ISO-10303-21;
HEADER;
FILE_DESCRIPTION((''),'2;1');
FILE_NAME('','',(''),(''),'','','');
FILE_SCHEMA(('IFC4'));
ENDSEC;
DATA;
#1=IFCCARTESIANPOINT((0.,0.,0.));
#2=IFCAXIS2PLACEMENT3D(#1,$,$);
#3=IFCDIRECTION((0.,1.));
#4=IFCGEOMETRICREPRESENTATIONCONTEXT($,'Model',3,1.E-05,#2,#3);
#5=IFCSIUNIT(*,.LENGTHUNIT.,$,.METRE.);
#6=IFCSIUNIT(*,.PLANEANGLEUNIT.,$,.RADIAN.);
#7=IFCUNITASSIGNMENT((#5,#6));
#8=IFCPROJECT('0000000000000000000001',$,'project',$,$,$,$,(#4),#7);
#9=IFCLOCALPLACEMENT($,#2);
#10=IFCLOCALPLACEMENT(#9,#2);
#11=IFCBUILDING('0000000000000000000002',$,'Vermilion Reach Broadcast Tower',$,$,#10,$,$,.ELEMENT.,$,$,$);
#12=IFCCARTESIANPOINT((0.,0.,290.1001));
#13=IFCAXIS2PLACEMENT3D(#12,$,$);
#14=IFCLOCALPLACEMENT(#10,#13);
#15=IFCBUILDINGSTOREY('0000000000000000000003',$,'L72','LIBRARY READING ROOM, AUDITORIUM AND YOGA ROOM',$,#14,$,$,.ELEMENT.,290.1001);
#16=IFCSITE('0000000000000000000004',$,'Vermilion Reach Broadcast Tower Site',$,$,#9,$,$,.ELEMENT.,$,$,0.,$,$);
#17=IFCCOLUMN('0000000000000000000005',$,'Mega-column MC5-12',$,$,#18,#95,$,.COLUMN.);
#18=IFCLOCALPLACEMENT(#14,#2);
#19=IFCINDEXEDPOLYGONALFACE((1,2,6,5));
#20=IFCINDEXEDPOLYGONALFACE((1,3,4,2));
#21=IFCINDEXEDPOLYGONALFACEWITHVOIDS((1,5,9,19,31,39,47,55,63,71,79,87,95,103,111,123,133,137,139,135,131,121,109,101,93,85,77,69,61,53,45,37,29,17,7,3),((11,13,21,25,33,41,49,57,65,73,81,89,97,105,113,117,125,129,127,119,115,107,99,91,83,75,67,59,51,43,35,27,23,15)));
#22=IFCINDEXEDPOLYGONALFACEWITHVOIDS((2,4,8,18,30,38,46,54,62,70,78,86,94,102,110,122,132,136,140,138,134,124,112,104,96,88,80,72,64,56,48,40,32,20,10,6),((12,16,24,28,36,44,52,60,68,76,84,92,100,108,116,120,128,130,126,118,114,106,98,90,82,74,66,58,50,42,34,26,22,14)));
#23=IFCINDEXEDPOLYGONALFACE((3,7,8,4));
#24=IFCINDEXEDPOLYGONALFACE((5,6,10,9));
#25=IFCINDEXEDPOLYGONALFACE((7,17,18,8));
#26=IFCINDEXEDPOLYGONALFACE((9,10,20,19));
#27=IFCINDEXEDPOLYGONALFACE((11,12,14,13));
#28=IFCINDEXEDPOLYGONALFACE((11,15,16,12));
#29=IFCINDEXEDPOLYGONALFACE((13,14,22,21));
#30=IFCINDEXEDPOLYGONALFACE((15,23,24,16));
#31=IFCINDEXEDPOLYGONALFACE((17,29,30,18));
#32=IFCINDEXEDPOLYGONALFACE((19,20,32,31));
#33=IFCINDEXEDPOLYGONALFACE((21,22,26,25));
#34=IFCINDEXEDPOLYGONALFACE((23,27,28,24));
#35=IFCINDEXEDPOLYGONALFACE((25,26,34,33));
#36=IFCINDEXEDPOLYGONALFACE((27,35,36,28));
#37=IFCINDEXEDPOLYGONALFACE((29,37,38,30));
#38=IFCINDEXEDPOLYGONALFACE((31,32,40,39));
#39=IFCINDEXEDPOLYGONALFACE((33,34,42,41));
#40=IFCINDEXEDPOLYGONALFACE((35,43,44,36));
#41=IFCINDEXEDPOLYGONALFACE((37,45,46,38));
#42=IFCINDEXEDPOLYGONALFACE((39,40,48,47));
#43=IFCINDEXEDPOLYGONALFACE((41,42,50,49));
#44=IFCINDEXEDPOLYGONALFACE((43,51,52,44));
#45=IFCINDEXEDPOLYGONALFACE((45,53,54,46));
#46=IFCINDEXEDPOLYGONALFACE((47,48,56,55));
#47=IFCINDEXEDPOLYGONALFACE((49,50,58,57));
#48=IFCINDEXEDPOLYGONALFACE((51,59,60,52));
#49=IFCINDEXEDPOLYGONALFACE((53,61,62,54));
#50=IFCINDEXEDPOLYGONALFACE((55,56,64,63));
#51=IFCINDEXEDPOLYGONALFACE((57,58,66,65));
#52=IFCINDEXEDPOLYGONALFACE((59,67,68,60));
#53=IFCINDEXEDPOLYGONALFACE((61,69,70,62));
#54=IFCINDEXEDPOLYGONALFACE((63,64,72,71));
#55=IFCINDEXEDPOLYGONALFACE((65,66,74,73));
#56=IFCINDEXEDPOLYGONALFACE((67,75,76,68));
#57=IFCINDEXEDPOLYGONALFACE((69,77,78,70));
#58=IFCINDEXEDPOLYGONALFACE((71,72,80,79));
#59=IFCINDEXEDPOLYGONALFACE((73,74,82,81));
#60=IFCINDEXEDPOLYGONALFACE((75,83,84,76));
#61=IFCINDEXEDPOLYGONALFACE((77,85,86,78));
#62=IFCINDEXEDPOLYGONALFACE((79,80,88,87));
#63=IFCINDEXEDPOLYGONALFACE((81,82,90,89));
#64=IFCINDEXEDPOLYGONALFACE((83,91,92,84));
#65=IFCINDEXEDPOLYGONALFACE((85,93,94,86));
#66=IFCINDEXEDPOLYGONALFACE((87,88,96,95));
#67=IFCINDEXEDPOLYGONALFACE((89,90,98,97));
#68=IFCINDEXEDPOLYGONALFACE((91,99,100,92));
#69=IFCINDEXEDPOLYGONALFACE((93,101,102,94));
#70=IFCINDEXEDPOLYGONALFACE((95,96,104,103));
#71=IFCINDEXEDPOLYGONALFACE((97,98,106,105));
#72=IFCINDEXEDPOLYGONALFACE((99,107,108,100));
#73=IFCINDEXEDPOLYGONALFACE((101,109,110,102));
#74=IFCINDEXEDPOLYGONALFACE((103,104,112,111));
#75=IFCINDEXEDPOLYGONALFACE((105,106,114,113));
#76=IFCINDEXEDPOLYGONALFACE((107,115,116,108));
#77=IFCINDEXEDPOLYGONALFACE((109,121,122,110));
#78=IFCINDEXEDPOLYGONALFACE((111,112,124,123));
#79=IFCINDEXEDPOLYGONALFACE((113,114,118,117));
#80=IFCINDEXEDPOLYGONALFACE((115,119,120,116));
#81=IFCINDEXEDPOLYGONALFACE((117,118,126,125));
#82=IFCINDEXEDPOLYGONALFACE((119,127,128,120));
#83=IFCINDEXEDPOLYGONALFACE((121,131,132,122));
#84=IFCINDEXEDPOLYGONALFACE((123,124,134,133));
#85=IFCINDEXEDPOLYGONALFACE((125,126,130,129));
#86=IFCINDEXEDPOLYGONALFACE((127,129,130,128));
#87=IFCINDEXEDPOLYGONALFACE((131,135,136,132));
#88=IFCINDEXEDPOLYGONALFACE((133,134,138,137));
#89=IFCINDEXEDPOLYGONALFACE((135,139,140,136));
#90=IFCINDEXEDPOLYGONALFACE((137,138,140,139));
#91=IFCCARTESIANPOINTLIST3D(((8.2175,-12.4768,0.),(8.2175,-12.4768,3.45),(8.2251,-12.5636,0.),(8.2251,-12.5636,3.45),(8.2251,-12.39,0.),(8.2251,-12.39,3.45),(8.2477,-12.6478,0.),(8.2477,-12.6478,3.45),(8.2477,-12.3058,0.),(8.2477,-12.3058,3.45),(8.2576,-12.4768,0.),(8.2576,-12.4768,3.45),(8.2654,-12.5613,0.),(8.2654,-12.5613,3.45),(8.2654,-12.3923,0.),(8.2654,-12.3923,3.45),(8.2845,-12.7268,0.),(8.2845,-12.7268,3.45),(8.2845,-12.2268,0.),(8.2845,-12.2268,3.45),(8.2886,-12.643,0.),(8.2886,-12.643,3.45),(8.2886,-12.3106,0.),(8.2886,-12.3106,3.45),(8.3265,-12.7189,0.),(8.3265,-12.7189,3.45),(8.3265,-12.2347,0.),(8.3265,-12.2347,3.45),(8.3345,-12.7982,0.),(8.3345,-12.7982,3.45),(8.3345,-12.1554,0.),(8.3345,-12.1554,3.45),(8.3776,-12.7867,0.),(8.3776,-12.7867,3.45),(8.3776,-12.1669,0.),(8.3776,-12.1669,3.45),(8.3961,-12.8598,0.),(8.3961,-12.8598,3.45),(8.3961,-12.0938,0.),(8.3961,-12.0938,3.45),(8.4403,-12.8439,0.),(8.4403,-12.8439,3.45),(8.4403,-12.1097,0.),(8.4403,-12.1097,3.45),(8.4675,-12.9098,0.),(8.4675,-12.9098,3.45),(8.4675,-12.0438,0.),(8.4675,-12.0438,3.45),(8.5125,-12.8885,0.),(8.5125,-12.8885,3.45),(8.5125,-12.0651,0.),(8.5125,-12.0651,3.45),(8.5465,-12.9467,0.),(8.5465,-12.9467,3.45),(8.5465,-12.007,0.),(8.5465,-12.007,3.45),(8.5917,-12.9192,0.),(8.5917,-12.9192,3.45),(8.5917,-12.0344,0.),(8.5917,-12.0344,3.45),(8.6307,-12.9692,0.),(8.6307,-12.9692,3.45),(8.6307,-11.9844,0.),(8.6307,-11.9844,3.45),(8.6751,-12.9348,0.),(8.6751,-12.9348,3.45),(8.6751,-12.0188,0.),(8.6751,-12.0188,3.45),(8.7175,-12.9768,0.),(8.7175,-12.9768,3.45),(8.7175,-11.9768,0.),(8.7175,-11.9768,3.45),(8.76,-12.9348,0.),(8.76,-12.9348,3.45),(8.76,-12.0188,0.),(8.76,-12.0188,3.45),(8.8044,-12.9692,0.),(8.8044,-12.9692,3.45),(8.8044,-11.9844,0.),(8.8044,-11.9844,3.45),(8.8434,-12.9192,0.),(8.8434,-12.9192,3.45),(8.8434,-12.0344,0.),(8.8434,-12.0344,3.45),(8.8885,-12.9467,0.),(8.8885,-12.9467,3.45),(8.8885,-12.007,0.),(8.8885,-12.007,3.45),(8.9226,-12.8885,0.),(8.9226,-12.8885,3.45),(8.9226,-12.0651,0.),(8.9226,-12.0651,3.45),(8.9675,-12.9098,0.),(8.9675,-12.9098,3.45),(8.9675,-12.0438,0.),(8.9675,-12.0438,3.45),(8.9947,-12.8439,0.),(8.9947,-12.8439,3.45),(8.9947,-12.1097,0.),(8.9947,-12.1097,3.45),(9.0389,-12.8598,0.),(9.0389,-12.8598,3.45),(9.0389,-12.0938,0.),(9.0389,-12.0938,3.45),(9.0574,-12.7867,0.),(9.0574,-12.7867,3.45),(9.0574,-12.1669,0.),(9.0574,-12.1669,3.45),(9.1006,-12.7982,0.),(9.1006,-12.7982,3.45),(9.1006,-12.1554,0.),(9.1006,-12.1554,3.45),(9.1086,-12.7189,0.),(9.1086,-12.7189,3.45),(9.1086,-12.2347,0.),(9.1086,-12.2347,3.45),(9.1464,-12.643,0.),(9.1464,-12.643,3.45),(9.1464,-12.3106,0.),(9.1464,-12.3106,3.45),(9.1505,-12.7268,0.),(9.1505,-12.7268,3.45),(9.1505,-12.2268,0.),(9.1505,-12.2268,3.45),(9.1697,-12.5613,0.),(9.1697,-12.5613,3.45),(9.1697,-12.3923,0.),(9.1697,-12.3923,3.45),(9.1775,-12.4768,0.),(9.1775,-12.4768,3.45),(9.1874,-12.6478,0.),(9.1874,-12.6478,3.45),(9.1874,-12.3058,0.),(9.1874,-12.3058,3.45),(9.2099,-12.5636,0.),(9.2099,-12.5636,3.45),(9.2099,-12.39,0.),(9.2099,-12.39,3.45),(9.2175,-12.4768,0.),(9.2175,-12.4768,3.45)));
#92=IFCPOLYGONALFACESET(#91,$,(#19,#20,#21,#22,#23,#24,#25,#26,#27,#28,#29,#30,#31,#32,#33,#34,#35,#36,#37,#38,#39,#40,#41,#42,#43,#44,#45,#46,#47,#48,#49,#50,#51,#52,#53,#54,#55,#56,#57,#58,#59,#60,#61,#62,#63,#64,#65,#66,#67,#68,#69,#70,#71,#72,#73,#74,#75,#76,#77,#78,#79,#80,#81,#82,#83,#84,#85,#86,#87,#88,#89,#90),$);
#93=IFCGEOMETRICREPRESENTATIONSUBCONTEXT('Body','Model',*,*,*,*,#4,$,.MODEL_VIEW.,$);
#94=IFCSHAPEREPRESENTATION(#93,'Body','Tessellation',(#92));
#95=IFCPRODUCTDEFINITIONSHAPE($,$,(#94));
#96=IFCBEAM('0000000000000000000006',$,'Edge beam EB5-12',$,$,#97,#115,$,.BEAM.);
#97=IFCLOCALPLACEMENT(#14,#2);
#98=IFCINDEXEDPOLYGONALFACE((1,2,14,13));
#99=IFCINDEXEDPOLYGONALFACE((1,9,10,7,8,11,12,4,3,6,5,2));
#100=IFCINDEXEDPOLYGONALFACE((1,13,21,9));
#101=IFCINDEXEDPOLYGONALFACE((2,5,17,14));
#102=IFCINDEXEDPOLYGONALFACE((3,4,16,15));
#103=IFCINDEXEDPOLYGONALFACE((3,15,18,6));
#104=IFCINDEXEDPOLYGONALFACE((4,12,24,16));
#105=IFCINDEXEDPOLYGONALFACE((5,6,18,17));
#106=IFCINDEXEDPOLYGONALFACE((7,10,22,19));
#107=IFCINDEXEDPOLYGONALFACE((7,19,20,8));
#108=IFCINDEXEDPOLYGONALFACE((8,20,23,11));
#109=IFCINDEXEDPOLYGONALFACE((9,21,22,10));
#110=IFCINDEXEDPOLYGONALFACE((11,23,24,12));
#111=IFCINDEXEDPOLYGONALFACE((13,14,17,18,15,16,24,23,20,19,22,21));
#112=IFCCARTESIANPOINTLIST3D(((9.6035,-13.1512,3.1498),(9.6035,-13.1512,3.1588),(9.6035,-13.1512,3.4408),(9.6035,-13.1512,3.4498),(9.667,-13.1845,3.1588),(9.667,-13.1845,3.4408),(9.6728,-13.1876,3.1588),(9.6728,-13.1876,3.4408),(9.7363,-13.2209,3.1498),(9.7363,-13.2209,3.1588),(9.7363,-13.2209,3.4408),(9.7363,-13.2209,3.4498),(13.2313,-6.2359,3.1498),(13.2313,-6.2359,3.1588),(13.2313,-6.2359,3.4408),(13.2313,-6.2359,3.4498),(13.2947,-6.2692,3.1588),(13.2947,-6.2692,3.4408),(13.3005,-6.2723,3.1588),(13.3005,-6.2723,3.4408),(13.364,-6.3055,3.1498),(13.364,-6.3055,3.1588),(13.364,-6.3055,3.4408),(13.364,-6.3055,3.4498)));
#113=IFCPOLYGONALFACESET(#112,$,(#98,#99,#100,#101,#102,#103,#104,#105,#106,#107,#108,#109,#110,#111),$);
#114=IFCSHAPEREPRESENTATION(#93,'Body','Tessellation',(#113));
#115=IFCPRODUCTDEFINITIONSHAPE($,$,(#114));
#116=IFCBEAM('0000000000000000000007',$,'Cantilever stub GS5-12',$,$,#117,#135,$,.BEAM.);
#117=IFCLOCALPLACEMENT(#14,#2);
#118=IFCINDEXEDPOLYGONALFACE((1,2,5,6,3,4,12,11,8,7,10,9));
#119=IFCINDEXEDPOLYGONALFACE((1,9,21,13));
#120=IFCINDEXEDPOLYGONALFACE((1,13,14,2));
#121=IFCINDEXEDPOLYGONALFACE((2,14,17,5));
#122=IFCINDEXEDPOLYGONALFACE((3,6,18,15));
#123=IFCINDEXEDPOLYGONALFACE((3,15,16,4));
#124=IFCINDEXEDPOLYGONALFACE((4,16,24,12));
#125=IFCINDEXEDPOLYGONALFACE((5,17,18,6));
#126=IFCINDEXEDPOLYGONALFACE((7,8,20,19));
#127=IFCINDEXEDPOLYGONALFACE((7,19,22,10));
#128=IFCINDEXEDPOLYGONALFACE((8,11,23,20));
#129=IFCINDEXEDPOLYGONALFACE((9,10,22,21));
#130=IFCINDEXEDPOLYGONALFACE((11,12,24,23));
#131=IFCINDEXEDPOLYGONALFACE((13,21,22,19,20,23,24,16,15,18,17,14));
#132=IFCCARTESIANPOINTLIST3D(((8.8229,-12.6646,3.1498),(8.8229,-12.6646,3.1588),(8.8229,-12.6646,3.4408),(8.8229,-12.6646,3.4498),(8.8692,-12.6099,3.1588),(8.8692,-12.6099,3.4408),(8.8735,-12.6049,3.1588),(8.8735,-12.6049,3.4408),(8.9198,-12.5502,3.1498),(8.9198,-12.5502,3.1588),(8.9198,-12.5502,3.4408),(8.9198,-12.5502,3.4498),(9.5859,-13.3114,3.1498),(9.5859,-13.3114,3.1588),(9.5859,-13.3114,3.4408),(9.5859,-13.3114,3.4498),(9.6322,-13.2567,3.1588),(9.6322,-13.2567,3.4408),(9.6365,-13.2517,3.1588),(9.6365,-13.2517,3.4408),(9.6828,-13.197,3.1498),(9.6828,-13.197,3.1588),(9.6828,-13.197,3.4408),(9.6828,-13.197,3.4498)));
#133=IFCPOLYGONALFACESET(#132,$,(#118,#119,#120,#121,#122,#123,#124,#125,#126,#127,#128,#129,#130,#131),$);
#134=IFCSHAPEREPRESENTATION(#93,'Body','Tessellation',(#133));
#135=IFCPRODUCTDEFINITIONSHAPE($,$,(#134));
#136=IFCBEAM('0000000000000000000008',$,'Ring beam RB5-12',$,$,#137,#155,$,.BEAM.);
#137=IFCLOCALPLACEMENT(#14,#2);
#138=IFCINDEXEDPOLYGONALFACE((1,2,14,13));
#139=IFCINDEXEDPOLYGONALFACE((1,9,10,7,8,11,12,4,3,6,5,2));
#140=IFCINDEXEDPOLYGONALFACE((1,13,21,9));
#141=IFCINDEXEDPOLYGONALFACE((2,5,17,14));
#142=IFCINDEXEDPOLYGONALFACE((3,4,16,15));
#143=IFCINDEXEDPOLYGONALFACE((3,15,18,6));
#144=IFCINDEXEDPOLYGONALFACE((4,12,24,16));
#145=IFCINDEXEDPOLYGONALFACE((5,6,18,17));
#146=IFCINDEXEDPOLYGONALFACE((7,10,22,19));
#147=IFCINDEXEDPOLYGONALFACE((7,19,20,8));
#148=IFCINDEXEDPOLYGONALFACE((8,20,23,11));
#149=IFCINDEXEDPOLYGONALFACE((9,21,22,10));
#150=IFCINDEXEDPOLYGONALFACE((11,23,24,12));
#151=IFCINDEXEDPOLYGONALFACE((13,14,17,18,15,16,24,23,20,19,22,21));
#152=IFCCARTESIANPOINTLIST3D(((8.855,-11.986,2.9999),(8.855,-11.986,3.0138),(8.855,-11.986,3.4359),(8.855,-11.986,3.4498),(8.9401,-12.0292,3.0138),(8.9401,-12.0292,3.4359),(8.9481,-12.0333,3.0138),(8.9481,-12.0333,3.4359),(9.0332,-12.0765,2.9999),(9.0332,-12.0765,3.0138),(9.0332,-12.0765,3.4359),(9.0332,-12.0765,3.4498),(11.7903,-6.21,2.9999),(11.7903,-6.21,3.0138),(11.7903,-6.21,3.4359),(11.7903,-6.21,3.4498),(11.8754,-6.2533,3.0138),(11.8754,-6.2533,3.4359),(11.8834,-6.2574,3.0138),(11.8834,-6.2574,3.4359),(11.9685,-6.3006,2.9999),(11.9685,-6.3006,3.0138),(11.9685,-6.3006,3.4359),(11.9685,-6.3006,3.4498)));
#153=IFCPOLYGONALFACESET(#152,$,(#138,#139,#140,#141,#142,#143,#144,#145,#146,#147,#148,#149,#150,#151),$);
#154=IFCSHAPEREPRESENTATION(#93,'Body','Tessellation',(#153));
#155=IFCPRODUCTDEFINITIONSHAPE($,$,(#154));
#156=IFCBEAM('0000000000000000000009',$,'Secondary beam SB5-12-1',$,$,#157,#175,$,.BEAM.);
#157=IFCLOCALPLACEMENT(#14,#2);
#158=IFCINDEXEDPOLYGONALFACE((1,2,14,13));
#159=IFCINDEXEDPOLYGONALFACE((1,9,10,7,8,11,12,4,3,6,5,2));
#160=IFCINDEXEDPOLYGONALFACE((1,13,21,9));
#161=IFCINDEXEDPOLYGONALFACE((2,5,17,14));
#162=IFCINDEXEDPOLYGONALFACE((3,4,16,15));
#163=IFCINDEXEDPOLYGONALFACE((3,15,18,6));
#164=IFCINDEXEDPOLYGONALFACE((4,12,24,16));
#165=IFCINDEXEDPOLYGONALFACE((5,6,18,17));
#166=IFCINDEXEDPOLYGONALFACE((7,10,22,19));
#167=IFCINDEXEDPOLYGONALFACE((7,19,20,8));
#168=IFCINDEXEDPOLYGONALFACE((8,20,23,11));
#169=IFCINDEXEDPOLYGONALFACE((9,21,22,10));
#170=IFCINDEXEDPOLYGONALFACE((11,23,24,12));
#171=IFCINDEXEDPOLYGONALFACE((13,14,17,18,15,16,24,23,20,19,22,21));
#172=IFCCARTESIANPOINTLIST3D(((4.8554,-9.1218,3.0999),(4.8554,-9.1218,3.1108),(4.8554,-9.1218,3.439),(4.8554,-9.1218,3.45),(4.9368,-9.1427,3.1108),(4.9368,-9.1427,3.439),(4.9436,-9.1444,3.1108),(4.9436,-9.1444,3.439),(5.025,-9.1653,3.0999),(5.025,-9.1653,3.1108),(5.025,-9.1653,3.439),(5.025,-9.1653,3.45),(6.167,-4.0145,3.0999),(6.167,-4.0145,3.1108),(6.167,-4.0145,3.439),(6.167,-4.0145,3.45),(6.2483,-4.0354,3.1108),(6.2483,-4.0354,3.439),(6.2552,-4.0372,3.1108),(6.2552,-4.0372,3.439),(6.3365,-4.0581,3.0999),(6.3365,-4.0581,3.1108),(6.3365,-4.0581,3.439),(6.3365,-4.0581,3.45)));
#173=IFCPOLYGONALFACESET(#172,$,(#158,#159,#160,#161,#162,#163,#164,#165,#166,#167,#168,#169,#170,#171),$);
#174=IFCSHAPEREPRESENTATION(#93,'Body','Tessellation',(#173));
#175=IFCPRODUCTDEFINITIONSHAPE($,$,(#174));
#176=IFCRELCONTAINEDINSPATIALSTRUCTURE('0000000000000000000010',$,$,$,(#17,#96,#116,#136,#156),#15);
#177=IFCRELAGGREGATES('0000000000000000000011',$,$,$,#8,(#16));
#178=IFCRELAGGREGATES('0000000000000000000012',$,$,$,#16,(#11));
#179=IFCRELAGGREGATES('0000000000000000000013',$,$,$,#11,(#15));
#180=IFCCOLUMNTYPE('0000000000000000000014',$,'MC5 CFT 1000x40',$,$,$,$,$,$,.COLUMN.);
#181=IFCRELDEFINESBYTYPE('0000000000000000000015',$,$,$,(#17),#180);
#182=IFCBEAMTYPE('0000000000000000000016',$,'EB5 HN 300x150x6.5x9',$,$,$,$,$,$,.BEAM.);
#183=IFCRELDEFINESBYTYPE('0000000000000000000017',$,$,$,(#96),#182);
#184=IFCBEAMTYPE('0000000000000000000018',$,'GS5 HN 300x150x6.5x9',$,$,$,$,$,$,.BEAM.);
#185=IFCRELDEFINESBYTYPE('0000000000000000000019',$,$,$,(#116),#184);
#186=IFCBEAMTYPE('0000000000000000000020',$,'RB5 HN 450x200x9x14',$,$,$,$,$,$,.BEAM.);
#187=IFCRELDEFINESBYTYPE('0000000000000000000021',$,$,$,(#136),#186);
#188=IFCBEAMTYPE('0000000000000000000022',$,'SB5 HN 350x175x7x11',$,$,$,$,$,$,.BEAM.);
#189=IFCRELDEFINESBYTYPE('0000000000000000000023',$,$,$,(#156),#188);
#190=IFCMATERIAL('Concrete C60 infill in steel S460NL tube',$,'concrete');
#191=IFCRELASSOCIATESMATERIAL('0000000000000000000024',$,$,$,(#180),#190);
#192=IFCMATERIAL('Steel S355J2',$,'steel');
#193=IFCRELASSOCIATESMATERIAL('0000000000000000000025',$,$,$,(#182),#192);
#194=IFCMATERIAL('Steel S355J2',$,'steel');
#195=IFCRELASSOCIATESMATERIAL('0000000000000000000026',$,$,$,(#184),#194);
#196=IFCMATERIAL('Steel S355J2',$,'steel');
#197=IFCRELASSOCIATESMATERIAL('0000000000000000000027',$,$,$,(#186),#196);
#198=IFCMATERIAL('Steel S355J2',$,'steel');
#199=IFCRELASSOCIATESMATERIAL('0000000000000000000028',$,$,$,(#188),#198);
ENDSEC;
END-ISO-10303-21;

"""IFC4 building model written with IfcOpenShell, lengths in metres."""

from ifc_helpers import new_model, si_unit, direction, frame, origin, origin_2d, place, context, subcontext, project, spatial, hollow_circle, i_section, extrude, material, material_profile, profile_set, type_object, element, save


model = new_model("IFC4")

# Units and contexts
model_context = context("Model", 3, precision=1e-05, world=origin(), true_north=direction((0.0, 1.0)))
body_context = subcontext(model_context, "Body", "Model", "MODEL_VIEW")
ifc_project = project(units=[si_unit("LENGTHUNIT", "METRE"), si_unit("PLANEANGLEUNIT", "RADIAN")], contexts=[model_context])

# Site, building, storey
site_placement = place(None, origin())
site = spatial("IfcSite", under=ifc_project, at=site_placement, Name="Vermilion Reach Broadcast Tower Site", CompositionType="ELEMENT", RefElevation=0.0)
building_placement = place(site_placement, origin())
building = spatial("IfcBuilding", under=site, at=building_placement, Name="Vermilion Reach Broadcast Tower", CompositionType="ELEMENT")
storey_placement = place(building_placement, frame((0.0, 0.0, 290.1001)))
storey = spatial("IfcBuildingStorey", under=building, at=storey_placement, Name="L72", Description="LIBRARY READING ROOM, AUDITORIUM AND YOGA ROOM", CompositionType="ELEMENT", Elevation=290.1001)

# Column
ifc_material_1 = material(Name="Concrete C60 infill in steel S460NL tube", Category="concrete")
ifc_material_profile_1 = material_profile(ifc_material_1, hollow_circle(Radius=0.5, WallThickness=0.04, at=origin_2d()), Name="Concrete C60 infill in steel S460NL tube CFT 1000x40")
ifc_profile_set_1 = profile_set([ifc_material_profile_1], Name="Concrete C60 infill in steel S460NL tube")
column_type = type_object("IfcColumnType", Name="MC5 CFT 1000x40", PredefinedType="COLUMN", material=ifc_profile_set_1)
column_placement = place(storey_placement, frame((8.7175, -12.4768, 0.0), z_axis=(0.0, 0.0, 1.0), x_axis=(1.0, 0.0, 0.0)))
element("IfcColumn", 1, at=column_placement, inside=storey, type_object=column_type, Name="Mega-column MC5-12", PredefinedType="COLUMN", context=body_context, shape_type="SweptSolid", body=[
    extrude(hollow_circle(Radius=0.5, WallThickness=0.04, at=origin_2d()), origin(), (0.0, 0.0, 1.0), 3.45),
])

# Beams
ifc_material_2 = material(Name="Steel S355J2", Category="steel")
ifc_material_profile_2 = material_profile(ifc_material_2, i_section(OverallWidth=0.1499, OverallDepth=0.3, WebThickness=0.0066, FlangeThickness=0.009, at=origin_2d()), Name="S355J2 HN 300x150x6.5x9")
ifc_profile_set_2 = profile_set([ifc_material_profile_2], Name="Steel S355J2")
beam_type_1 = type_object("IfcBeamType", Name="EB5 HN 300x150x6.5x9", PredefinedType="BEAM", material=ifc_profile_set_2)
beam_1_placement = place(storey_placement, frame((9.6699, -13.186, 3.2998), z_axis=(0.464549, 0.885547, 0.0), x_axis=(-0.885547, 0.464549, 0.0)))
element("IfcBeam", 2, at=beam_1_placement, inside=storey, type_object=beam_type_1, Name="Edge beam EB5-12", PredefinedType="BEAM", context=body_context, shape_type="SweptSolid", body=[
    extrude(i_section(OverallWidth=0.1499, OverallDepth=0.3, WebThickness=0.0066, FlangeThickness=0.009, at=origin_2d()), origin(), (0.0, 0.0, 1.0), 7.8091),
])
ifc_material_3 = material(Name="Steel S355J2", Category="steel")
ifc_material_profile_3 = material_profile(ifc_material_3, i_section(OverallWidth=0.1499, OverallDepth=0.3, WebThickness=0.0066, FlangeThickness=0.009, at=origin_2d()), Name="S355J2 HN 300x150x6.5x9")
ifc_profile_set_3 = profile_set([ifc_material_profile_3], Name="Steel S355J2")
beam_type_2 = type_object("IfcBeamType", Name="GS5 HN 300x150x6.5x9", PredefinedType="BEAM", material=ifc_profile_set_3)
beam_2_placement = place(storey_placement, frame((8.8713, -12.6074, 3.2998), z_axis=(0.762812, -0.64662, 0.0), x_axis=(0.64662, 0.762812, 0.0)))
element("IfcBeam", 3, at=beam_2_placement, inside=storey, type_object=beam_type_2, Name="Cantilever stub GS5-12", PredefinedType="BEAM", context=body_context, shape_type="SweptSolid", body=[
    extrude(i_section(OverallWidth=0.1499, OverallDepth=0.3, WebThickness=0.0066, FlangeThickness=0.009, at=origin_2d()), origin(), (0.0, 0.0, 1.0), 1.0002),
])
ifc_material_4 = material(Name="Steel S355J2", Category="steel")
ifc_material_profile_4 = material_profile(ifc_material_4, i_section(OverallWidth=0.2, OverallDepth=0.45, WebThickness=0.009, FlangeThickness=0.0139, at=origin_2d()), Name="S355J2 HN 450x200x9x14")
ifc_profile_set_4 = profile_set([ifc_material_profile_4], Name="Steel S355J2")
beam_type_3 = type_object("IfcBeamType", Name="RB5 HN 450x200x9x14", PredefinedType="BEAM", material=ifc_profile_set_4)
beam_3_placement = place(storey_placement, frame((8.9441, -12.0312, 3.2249), z_axis=(0.453052, 0.891484, 0.0), x_axis=(-0.891484, 0.453052, 0.0)))
element("IfcBeam", 4, at=beam_3_placement, inside=storey, type_object=beam_type_3, Name="Ring beam RB5-12", PredefinedType="BEAM", context=body_context, shape_type="SweptSolid", body=[
    extrude(i_section(OverallWidth=0.2, OverallDepth=0.45, WebThickness=0.009, FlangeThickness=0.0139, at=origin_2d()), origin(), (0.0, 0.0, 1.0), 6.479),
])
ifc_material_5 = material(Name="Steel S355J2", Category="steel")
ifc_material_profile_5 = material_profile(ifc_material_5, i_section(OverallWidth=0.175, OverallDepth=0.3501, WebThickness=0.0071, FlangeThickness=0.011, at=origin_2d()), Name="S355J2 HN 350x175x7x11")
ifc_profile_set_5 = profile_set([ifc_material_profile_5], Name="Steel S355J2")
beam_type_4 = type_object("IfcBeamType", Name="SB5 HN 350x175x7x11", PredefinedType="BEAM", material=ifc_profile_set_5)
beam_4_placement = place(storey_placement, frame((4.9402, -9.1436, 3.2749), z_axis=(0.24873, 0.968573, 0.0), x_axis=(-0.968573, 0.24873, 0.0)))
element("IfcBeam", 5, at=beam_4_placement, inside=storey, type_object=beam_type_4, Name="Secondary beam SB5-12-1", PredefinedType="BEAM", context=body_context, shape_type="SweptSolid", body=[
    extrude(i_section(OverallWidth=0.175, OverallDepth=0.3501, WebThickness=0.0071, FlangeThickness=0.011, at=origin_2d()), origin(), (0.0, 0.0, 1.0), 5.2729),
])

save(model, "model.ifc")
